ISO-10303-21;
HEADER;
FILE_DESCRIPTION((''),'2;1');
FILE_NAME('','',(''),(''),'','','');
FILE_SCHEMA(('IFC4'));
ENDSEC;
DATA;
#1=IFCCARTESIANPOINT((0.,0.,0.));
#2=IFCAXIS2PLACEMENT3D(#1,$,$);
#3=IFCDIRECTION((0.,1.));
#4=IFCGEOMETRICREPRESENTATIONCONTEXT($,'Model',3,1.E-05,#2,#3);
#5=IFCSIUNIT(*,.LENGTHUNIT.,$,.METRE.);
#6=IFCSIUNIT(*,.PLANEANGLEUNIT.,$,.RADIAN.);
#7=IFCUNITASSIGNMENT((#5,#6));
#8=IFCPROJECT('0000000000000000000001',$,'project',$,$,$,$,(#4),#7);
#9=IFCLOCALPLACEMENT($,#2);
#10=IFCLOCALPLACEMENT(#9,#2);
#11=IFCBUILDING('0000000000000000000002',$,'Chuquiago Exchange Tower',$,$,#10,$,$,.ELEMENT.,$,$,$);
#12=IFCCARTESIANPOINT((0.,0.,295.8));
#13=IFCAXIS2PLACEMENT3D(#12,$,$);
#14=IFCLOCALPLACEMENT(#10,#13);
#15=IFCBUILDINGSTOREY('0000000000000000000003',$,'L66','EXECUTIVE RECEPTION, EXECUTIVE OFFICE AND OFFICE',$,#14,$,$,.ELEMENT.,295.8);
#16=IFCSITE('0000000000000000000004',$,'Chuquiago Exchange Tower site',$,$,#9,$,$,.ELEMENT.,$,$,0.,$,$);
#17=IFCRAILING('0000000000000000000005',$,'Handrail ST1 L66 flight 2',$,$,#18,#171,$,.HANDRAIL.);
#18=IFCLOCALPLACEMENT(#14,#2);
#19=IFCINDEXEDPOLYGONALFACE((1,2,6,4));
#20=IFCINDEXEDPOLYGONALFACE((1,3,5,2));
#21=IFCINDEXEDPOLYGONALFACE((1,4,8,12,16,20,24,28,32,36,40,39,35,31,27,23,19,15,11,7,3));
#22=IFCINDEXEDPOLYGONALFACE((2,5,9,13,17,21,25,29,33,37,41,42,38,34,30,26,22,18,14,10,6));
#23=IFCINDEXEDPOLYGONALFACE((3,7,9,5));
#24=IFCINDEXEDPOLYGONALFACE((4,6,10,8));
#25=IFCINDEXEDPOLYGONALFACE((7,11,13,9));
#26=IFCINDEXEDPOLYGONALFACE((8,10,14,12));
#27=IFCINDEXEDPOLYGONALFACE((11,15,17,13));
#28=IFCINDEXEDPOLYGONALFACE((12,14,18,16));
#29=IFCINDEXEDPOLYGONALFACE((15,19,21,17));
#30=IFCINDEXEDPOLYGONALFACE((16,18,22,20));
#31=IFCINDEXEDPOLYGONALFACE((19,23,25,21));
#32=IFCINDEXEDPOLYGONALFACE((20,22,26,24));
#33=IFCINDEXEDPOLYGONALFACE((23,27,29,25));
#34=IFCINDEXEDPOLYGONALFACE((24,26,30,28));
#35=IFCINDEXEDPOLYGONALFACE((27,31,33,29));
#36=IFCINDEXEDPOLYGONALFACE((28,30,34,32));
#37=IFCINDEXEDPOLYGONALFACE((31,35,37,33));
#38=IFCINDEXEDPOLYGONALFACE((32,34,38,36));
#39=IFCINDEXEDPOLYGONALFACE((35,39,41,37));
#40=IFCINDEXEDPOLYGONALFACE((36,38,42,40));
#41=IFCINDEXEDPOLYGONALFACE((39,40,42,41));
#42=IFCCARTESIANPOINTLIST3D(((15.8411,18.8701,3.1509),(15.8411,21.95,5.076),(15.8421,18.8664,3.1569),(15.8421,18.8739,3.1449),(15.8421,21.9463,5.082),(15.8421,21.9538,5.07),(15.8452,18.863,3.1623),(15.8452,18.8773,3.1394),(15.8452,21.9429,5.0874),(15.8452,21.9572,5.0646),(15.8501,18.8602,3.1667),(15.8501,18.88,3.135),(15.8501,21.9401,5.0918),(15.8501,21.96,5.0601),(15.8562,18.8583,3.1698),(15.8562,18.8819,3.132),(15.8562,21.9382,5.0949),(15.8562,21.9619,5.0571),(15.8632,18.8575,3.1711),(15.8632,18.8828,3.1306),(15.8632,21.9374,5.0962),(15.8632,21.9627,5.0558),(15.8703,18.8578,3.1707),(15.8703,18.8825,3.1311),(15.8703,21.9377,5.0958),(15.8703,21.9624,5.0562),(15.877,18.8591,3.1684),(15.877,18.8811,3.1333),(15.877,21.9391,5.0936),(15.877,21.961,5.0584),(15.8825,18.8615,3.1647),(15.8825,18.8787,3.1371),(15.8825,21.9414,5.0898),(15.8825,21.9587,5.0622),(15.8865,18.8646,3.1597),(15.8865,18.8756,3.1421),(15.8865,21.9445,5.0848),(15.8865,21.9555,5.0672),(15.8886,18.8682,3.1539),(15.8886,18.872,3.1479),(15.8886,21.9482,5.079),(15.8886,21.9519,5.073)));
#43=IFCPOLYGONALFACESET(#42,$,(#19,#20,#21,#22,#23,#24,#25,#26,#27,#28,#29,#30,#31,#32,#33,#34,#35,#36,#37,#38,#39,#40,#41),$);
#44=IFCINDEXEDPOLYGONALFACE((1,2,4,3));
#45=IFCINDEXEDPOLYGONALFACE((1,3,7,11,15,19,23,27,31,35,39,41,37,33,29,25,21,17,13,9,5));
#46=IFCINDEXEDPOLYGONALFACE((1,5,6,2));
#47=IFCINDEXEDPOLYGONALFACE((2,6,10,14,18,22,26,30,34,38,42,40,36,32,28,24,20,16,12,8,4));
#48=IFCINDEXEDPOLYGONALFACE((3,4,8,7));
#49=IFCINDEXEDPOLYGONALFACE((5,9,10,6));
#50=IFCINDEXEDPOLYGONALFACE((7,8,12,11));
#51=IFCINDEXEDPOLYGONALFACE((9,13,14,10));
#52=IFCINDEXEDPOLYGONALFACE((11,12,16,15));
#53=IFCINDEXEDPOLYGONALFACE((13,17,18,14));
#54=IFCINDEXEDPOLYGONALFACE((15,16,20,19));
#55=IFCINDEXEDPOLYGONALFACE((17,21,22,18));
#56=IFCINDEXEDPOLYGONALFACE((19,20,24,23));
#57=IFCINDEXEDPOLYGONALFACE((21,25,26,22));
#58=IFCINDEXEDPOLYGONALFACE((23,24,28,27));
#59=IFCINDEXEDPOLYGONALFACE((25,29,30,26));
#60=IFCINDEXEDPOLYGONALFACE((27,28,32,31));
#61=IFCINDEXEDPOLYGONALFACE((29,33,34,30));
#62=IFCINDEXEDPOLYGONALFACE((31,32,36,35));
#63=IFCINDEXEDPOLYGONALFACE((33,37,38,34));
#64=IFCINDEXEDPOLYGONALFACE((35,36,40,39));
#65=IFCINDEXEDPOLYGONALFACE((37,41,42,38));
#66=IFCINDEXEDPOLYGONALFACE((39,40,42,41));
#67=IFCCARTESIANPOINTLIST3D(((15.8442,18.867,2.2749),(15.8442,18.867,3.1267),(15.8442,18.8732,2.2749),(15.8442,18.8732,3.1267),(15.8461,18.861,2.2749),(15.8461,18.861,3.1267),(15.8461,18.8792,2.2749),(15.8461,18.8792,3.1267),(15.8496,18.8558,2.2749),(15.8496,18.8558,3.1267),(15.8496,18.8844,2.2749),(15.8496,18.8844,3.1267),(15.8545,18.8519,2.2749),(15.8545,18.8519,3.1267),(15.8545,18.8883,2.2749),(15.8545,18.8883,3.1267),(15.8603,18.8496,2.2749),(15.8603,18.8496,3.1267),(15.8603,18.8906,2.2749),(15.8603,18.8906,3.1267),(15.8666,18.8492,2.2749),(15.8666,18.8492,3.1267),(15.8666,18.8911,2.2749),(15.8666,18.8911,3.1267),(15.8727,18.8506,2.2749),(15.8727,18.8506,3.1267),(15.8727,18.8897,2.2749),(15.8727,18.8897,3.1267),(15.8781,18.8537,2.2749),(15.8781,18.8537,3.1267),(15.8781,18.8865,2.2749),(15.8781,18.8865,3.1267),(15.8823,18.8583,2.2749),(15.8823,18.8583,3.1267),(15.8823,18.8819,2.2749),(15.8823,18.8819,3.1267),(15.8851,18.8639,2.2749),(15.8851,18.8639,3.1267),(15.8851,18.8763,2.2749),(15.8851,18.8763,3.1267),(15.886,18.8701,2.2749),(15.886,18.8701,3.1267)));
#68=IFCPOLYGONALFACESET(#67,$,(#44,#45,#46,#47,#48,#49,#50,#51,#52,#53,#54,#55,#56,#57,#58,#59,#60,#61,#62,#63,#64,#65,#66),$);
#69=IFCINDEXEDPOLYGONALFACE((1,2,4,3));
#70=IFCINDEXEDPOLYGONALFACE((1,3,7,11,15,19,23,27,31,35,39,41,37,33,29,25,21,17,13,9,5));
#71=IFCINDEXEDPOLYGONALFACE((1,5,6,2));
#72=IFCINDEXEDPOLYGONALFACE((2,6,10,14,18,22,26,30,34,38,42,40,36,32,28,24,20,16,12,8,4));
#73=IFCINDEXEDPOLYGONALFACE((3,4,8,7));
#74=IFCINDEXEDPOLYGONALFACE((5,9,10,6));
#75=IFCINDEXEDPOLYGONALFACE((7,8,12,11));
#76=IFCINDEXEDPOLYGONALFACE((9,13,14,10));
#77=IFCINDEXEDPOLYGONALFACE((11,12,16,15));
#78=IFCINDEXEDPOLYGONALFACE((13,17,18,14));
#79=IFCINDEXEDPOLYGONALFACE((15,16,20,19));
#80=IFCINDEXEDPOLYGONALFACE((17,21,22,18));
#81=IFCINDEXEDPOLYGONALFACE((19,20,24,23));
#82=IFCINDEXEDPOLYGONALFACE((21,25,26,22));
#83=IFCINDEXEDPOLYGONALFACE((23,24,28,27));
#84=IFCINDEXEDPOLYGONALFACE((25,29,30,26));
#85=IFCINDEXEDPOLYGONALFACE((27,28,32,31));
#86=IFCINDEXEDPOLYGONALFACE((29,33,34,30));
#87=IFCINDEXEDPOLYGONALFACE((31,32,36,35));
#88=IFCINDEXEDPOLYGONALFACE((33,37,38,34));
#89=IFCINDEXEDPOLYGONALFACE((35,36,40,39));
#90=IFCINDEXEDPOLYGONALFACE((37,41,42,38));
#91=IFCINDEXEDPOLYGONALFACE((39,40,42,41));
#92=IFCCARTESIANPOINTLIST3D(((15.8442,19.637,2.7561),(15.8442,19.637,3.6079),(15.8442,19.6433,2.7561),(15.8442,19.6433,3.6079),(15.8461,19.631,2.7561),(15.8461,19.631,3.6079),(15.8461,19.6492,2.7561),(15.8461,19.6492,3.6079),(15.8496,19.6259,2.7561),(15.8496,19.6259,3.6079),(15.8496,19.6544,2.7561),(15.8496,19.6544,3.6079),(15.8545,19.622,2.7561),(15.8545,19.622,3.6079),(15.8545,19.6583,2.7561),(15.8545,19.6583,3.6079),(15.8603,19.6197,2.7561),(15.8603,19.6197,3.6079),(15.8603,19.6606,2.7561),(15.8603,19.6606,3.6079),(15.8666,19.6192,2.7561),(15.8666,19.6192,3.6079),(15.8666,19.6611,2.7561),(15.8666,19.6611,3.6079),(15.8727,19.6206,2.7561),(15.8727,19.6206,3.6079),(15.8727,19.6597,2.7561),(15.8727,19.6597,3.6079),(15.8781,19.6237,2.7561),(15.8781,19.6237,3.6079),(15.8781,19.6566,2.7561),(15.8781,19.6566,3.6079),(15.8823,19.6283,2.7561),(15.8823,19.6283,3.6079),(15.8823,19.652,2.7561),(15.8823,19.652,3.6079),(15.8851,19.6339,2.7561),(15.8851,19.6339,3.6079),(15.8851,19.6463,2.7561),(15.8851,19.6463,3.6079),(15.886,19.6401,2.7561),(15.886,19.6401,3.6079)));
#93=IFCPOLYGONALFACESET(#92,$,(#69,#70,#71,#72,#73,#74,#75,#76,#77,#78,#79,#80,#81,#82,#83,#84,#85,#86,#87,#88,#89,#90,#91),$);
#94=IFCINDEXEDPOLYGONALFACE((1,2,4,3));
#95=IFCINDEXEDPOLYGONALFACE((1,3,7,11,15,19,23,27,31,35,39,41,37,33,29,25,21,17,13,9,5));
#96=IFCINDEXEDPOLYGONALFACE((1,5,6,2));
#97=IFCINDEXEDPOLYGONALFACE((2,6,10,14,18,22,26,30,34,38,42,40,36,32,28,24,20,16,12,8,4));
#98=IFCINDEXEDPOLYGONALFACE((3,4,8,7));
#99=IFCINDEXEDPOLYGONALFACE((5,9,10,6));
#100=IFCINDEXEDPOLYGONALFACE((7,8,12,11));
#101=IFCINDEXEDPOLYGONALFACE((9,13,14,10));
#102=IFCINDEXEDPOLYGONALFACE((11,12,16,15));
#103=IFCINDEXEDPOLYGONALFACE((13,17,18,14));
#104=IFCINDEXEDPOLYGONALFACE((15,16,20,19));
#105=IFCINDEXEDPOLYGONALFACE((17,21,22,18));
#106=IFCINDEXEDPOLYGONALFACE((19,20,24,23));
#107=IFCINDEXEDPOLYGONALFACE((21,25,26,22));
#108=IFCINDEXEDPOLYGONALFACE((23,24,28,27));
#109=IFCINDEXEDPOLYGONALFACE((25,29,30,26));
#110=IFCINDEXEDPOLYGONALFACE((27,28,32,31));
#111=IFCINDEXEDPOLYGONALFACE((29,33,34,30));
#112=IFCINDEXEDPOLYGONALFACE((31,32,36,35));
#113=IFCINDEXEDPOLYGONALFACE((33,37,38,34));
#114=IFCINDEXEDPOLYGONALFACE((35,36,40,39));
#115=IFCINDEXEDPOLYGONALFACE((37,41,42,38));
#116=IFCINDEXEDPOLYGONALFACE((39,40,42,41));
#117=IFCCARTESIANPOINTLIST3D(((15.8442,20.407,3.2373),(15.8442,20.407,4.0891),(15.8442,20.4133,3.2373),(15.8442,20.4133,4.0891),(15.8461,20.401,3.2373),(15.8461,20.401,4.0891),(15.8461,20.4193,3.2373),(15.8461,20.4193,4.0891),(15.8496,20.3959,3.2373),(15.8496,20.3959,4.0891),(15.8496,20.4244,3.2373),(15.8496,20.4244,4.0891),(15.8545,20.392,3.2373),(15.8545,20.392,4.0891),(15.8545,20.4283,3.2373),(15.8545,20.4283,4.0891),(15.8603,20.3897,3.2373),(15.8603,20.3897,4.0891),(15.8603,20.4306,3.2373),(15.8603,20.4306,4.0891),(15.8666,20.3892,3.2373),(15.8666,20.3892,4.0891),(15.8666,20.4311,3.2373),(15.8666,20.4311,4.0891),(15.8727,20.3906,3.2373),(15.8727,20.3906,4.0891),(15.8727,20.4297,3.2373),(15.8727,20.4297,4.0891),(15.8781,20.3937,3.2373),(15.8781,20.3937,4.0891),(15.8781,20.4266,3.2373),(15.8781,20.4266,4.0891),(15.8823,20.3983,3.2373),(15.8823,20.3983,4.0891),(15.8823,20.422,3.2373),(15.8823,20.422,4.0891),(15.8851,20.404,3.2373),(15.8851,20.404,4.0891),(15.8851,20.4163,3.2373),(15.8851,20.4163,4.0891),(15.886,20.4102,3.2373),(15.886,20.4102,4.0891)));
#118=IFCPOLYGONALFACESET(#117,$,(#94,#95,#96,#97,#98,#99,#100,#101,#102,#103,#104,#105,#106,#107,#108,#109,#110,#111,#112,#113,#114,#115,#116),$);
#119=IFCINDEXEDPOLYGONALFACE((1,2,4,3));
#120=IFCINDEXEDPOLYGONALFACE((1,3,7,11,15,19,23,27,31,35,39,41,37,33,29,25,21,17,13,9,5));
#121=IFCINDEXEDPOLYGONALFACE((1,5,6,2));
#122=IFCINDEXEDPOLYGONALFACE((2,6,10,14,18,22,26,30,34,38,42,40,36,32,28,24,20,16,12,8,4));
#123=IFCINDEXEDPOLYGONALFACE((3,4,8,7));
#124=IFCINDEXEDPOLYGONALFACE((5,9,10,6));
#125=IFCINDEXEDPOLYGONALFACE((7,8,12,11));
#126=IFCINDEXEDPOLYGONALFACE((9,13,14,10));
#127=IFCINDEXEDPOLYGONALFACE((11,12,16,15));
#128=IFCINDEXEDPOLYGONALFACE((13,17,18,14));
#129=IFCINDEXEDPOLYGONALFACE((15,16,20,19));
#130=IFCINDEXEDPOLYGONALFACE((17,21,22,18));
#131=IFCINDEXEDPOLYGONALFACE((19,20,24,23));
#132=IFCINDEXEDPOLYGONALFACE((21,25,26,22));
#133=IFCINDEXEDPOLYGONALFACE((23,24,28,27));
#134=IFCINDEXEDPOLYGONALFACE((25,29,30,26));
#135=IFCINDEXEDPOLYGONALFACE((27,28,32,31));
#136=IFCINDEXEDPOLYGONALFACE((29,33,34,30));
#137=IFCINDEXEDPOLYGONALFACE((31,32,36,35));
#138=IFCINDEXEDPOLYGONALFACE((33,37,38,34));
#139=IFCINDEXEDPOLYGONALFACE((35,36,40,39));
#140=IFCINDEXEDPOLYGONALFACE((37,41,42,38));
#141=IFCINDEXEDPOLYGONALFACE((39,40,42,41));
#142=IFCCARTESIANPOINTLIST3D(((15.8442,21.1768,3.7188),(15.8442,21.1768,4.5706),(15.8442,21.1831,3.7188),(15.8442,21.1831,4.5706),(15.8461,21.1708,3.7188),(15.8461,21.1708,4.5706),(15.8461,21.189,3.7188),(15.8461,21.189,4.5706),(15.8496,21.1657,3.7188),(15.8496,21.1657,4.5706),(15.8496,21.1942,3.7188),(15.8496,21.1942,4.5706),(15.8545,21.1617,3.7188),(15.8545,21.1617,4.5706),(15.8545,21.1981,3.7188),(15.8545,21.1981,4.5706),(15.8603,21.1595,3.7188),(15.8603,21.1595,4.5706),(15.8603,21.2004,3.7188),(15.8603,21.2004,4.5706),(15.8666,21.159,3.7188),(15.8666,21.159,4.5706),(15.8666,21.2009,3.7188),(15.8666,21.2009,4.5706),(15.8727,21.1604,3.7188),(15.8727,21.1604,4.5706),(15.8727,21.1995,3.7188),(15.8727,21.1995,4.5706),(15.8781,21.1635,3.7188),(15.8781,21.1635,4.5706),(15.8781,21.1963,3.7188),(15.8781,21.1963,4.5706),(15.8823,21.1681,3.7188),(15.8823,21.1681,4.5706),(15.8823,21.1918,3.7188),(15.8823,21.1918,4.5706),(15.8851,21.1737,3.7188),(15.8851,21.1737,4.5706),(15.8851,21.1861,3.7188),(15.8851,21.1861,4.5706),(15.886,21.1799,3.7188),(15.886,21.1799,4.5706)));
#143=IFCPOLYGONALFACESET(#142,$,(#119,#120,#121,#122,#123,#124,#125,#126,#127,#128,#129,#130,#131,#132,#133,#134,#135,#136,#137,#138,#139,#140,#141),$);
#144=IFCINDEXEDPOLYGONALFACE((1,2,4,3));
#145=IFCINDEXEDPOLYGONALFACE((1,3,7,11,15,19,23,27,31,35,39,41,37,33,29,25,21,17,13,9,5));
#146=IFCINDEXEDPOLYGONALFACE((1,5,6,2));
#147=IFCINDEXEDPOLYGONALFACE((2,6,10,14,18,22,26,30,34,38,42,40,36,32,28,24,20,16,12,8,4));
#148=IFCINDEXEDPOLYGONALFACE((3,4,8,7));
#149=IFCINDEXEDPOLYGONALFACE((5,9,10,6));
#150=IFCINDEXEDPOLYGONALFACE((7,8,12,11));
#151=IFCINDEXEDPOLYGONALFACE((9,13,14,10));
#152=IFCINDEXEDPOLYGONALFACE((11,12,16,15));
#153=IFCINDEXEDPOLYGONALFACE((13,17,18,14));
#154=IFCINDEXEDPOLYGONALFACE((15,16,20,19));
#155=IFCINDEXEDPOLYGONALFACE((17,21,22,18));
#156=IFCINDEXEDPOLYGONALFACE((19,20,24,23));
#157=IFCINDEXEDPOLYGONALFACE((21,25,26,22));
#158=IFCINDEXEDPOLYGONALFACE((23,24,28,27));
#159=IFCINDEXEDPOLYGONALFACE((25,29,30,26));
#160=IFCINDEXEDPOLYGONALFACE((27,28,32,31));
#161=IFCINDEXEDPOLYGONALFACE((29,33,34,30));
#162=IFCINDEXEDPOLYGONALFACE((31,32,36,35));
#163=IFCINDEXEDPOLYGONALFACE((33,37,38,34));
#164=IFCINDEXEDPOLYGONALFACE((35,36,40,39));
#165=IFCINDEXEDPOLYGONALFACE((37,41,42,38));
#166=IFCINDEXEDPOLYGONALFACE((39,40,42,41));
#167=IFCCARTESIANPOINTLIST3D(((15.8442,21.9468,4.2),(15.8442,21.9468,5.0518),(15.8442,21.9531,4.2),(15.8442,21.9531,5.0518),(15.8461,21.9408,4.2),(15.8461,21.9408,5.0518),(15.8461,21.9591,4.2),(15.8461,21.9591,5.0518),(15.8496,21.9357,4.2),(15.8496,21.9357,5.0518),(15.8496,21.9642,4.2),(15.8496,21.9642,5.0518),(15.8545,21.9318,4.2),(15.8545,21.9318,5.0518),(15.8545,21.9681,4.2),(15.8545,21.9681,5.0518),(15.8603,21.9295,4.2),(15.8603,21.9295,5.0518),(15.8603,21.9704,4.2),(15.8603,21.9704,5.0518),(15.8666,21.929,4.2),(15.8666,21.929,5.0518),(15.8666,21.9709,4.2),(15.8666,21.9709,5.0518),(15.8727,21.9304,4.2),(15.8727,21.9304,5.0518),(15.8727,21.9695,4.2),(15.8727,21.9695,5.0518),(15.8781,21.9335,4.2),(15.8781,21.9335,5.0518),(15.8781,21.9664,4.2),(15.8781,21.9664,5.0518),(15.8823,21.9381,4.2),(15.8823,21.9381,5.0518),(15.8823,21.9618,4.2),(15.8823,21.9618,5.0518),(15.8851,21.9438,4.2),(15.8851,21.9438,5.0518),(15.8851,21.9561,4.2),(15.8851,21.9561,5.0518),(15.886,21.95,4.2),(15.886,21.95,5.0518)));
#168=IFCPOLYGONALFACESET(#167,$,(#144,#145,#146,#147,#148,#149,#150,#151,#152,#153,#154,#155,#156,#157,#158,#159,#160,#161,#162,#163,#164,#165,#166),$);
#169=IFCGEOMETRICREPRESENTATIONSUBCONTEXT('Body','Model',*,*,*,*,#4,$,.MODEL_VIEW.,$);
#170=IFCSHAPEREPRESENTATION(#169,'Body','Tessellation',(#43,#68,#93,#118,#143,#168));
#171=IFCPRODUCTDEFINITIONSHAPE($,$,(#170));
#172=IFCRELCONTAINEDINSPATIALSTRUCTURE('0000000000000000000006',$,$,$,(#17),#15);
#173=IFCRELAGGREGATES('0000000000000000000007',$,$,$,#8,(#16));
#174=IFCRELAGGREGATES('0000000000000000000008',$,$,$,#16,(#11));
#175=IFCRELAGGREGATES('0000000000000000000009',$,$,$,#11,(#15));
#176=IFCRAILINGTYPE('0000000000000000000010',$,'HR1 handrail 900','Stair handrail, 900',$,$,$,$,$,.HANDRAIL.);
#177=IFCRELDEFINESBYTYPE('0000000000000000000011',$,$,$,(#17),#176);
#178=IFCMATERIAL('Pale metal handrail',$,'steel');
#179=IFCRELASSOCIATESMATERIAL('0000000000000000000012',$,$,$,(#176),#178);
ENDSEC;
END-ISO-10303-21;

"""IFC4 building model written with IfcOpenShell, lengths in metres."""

from ifc_helpers import new_model, si_unit, direction, frame, origin, origin_2d, place, context, subcontext, project, spatial, circle, extrude, material, type_object, element, save


model = new_model("IFC4")

# Units and contexts
model_context = context("Model", 3, precision=1e-05, world=origin(), true_north=direction((0.0, 1.0)))
body_context = subcontext(model_context, "Body", "Model", "MODEL_VIEW")
ifc_project = project(units=[si_unit("LENGTHUNIT", "METRE"), si_unit("PLANEANGLEUNIT", "RADIAN")], contexts=[model_context])

# Site, building, storey
site_placement = place(None, origin())
site = spatial("IfcSite", under=ifc_project, at=site_placement, Name="Chuquiago Exchange Tower site", CompositionType="ELEMENT", RefElevation=0.0)
building_placement = place(site_placement, origin())
building = spatial("IfcBuilding", under=site, at=building_placement, Name="Chuquiago Exchange Tower", CompositionType="ELEMENT")
storey_placement = place(building_placement, frame((0.0, 0.0, 295.8)))
storey = spatial("IfcBuildingStorey", under=building, at=storey_placement, Name="L66", Description="EXECUTIVE RECEPTION, EXECUTIVE OFFICE AND OFFICE", CompositionType="ELEMENT", Elevation=295.8)

# Railing
ifc_material_1 = material(Name="Pale metal handrail", Category="steel")
railing_type_1 = type_object("IfcRailingType", Name="HR1 handrail 900", Description="Stair handrail, 900", PredefinedType="HANDRAIL", material=ifc_material_1)
for number, where, name in (
    (1, (15.865, 18.8701, 2.2749), "Handrail ST1 L66 flight 2"),
):
    element("IfcRailing", number, at=place(storey_placement, frame(where)), inside=storey, type_object=railing_type_1, Name=name, PredefinedType="HANDRAIL", context=body_context, shape_type="SweptSolid", body=[
        extrude(circle(Radius=0.0239, at=origin_2d()), frame((0.0, 0.0, 0.876), z_axis=(0.0, 0.847979, 0.530029), x_axis=(-1.0, 0.0, 0.0)), (0.0, 0.0, 1.0), 3.6321),
        extrude(circle(Radius=0.021, at=origin_2d()), origin(), (0.0, 0.0, 1.0), 0.8518),
        extrude(circle(Radius=0.021, at=origin_2d()), frame((0.0, 0.77, 0.4812)), (0.0, 0.0, 1.0), 0.8518),
        extrude(circle(Radius=0.021, at=origin_2d()), frame((0.0, 1.54, 0.9624)), (0.0, 0.0, 1.0), 0.8518),
        extrude(circle(Radius=0.021, at=origin_2d()), frame((0.0, 2.3098, 1.4438)), (0.0, 0.0, 1.0), 0.8518),
        extrude(circle(Radius=0.021, at=origin_2d()), frame((0.0, 3.0798, 1.925)), (0.0, 0.0, 1.0), 0.8518),
    ])

save(model, "model.ifc")
